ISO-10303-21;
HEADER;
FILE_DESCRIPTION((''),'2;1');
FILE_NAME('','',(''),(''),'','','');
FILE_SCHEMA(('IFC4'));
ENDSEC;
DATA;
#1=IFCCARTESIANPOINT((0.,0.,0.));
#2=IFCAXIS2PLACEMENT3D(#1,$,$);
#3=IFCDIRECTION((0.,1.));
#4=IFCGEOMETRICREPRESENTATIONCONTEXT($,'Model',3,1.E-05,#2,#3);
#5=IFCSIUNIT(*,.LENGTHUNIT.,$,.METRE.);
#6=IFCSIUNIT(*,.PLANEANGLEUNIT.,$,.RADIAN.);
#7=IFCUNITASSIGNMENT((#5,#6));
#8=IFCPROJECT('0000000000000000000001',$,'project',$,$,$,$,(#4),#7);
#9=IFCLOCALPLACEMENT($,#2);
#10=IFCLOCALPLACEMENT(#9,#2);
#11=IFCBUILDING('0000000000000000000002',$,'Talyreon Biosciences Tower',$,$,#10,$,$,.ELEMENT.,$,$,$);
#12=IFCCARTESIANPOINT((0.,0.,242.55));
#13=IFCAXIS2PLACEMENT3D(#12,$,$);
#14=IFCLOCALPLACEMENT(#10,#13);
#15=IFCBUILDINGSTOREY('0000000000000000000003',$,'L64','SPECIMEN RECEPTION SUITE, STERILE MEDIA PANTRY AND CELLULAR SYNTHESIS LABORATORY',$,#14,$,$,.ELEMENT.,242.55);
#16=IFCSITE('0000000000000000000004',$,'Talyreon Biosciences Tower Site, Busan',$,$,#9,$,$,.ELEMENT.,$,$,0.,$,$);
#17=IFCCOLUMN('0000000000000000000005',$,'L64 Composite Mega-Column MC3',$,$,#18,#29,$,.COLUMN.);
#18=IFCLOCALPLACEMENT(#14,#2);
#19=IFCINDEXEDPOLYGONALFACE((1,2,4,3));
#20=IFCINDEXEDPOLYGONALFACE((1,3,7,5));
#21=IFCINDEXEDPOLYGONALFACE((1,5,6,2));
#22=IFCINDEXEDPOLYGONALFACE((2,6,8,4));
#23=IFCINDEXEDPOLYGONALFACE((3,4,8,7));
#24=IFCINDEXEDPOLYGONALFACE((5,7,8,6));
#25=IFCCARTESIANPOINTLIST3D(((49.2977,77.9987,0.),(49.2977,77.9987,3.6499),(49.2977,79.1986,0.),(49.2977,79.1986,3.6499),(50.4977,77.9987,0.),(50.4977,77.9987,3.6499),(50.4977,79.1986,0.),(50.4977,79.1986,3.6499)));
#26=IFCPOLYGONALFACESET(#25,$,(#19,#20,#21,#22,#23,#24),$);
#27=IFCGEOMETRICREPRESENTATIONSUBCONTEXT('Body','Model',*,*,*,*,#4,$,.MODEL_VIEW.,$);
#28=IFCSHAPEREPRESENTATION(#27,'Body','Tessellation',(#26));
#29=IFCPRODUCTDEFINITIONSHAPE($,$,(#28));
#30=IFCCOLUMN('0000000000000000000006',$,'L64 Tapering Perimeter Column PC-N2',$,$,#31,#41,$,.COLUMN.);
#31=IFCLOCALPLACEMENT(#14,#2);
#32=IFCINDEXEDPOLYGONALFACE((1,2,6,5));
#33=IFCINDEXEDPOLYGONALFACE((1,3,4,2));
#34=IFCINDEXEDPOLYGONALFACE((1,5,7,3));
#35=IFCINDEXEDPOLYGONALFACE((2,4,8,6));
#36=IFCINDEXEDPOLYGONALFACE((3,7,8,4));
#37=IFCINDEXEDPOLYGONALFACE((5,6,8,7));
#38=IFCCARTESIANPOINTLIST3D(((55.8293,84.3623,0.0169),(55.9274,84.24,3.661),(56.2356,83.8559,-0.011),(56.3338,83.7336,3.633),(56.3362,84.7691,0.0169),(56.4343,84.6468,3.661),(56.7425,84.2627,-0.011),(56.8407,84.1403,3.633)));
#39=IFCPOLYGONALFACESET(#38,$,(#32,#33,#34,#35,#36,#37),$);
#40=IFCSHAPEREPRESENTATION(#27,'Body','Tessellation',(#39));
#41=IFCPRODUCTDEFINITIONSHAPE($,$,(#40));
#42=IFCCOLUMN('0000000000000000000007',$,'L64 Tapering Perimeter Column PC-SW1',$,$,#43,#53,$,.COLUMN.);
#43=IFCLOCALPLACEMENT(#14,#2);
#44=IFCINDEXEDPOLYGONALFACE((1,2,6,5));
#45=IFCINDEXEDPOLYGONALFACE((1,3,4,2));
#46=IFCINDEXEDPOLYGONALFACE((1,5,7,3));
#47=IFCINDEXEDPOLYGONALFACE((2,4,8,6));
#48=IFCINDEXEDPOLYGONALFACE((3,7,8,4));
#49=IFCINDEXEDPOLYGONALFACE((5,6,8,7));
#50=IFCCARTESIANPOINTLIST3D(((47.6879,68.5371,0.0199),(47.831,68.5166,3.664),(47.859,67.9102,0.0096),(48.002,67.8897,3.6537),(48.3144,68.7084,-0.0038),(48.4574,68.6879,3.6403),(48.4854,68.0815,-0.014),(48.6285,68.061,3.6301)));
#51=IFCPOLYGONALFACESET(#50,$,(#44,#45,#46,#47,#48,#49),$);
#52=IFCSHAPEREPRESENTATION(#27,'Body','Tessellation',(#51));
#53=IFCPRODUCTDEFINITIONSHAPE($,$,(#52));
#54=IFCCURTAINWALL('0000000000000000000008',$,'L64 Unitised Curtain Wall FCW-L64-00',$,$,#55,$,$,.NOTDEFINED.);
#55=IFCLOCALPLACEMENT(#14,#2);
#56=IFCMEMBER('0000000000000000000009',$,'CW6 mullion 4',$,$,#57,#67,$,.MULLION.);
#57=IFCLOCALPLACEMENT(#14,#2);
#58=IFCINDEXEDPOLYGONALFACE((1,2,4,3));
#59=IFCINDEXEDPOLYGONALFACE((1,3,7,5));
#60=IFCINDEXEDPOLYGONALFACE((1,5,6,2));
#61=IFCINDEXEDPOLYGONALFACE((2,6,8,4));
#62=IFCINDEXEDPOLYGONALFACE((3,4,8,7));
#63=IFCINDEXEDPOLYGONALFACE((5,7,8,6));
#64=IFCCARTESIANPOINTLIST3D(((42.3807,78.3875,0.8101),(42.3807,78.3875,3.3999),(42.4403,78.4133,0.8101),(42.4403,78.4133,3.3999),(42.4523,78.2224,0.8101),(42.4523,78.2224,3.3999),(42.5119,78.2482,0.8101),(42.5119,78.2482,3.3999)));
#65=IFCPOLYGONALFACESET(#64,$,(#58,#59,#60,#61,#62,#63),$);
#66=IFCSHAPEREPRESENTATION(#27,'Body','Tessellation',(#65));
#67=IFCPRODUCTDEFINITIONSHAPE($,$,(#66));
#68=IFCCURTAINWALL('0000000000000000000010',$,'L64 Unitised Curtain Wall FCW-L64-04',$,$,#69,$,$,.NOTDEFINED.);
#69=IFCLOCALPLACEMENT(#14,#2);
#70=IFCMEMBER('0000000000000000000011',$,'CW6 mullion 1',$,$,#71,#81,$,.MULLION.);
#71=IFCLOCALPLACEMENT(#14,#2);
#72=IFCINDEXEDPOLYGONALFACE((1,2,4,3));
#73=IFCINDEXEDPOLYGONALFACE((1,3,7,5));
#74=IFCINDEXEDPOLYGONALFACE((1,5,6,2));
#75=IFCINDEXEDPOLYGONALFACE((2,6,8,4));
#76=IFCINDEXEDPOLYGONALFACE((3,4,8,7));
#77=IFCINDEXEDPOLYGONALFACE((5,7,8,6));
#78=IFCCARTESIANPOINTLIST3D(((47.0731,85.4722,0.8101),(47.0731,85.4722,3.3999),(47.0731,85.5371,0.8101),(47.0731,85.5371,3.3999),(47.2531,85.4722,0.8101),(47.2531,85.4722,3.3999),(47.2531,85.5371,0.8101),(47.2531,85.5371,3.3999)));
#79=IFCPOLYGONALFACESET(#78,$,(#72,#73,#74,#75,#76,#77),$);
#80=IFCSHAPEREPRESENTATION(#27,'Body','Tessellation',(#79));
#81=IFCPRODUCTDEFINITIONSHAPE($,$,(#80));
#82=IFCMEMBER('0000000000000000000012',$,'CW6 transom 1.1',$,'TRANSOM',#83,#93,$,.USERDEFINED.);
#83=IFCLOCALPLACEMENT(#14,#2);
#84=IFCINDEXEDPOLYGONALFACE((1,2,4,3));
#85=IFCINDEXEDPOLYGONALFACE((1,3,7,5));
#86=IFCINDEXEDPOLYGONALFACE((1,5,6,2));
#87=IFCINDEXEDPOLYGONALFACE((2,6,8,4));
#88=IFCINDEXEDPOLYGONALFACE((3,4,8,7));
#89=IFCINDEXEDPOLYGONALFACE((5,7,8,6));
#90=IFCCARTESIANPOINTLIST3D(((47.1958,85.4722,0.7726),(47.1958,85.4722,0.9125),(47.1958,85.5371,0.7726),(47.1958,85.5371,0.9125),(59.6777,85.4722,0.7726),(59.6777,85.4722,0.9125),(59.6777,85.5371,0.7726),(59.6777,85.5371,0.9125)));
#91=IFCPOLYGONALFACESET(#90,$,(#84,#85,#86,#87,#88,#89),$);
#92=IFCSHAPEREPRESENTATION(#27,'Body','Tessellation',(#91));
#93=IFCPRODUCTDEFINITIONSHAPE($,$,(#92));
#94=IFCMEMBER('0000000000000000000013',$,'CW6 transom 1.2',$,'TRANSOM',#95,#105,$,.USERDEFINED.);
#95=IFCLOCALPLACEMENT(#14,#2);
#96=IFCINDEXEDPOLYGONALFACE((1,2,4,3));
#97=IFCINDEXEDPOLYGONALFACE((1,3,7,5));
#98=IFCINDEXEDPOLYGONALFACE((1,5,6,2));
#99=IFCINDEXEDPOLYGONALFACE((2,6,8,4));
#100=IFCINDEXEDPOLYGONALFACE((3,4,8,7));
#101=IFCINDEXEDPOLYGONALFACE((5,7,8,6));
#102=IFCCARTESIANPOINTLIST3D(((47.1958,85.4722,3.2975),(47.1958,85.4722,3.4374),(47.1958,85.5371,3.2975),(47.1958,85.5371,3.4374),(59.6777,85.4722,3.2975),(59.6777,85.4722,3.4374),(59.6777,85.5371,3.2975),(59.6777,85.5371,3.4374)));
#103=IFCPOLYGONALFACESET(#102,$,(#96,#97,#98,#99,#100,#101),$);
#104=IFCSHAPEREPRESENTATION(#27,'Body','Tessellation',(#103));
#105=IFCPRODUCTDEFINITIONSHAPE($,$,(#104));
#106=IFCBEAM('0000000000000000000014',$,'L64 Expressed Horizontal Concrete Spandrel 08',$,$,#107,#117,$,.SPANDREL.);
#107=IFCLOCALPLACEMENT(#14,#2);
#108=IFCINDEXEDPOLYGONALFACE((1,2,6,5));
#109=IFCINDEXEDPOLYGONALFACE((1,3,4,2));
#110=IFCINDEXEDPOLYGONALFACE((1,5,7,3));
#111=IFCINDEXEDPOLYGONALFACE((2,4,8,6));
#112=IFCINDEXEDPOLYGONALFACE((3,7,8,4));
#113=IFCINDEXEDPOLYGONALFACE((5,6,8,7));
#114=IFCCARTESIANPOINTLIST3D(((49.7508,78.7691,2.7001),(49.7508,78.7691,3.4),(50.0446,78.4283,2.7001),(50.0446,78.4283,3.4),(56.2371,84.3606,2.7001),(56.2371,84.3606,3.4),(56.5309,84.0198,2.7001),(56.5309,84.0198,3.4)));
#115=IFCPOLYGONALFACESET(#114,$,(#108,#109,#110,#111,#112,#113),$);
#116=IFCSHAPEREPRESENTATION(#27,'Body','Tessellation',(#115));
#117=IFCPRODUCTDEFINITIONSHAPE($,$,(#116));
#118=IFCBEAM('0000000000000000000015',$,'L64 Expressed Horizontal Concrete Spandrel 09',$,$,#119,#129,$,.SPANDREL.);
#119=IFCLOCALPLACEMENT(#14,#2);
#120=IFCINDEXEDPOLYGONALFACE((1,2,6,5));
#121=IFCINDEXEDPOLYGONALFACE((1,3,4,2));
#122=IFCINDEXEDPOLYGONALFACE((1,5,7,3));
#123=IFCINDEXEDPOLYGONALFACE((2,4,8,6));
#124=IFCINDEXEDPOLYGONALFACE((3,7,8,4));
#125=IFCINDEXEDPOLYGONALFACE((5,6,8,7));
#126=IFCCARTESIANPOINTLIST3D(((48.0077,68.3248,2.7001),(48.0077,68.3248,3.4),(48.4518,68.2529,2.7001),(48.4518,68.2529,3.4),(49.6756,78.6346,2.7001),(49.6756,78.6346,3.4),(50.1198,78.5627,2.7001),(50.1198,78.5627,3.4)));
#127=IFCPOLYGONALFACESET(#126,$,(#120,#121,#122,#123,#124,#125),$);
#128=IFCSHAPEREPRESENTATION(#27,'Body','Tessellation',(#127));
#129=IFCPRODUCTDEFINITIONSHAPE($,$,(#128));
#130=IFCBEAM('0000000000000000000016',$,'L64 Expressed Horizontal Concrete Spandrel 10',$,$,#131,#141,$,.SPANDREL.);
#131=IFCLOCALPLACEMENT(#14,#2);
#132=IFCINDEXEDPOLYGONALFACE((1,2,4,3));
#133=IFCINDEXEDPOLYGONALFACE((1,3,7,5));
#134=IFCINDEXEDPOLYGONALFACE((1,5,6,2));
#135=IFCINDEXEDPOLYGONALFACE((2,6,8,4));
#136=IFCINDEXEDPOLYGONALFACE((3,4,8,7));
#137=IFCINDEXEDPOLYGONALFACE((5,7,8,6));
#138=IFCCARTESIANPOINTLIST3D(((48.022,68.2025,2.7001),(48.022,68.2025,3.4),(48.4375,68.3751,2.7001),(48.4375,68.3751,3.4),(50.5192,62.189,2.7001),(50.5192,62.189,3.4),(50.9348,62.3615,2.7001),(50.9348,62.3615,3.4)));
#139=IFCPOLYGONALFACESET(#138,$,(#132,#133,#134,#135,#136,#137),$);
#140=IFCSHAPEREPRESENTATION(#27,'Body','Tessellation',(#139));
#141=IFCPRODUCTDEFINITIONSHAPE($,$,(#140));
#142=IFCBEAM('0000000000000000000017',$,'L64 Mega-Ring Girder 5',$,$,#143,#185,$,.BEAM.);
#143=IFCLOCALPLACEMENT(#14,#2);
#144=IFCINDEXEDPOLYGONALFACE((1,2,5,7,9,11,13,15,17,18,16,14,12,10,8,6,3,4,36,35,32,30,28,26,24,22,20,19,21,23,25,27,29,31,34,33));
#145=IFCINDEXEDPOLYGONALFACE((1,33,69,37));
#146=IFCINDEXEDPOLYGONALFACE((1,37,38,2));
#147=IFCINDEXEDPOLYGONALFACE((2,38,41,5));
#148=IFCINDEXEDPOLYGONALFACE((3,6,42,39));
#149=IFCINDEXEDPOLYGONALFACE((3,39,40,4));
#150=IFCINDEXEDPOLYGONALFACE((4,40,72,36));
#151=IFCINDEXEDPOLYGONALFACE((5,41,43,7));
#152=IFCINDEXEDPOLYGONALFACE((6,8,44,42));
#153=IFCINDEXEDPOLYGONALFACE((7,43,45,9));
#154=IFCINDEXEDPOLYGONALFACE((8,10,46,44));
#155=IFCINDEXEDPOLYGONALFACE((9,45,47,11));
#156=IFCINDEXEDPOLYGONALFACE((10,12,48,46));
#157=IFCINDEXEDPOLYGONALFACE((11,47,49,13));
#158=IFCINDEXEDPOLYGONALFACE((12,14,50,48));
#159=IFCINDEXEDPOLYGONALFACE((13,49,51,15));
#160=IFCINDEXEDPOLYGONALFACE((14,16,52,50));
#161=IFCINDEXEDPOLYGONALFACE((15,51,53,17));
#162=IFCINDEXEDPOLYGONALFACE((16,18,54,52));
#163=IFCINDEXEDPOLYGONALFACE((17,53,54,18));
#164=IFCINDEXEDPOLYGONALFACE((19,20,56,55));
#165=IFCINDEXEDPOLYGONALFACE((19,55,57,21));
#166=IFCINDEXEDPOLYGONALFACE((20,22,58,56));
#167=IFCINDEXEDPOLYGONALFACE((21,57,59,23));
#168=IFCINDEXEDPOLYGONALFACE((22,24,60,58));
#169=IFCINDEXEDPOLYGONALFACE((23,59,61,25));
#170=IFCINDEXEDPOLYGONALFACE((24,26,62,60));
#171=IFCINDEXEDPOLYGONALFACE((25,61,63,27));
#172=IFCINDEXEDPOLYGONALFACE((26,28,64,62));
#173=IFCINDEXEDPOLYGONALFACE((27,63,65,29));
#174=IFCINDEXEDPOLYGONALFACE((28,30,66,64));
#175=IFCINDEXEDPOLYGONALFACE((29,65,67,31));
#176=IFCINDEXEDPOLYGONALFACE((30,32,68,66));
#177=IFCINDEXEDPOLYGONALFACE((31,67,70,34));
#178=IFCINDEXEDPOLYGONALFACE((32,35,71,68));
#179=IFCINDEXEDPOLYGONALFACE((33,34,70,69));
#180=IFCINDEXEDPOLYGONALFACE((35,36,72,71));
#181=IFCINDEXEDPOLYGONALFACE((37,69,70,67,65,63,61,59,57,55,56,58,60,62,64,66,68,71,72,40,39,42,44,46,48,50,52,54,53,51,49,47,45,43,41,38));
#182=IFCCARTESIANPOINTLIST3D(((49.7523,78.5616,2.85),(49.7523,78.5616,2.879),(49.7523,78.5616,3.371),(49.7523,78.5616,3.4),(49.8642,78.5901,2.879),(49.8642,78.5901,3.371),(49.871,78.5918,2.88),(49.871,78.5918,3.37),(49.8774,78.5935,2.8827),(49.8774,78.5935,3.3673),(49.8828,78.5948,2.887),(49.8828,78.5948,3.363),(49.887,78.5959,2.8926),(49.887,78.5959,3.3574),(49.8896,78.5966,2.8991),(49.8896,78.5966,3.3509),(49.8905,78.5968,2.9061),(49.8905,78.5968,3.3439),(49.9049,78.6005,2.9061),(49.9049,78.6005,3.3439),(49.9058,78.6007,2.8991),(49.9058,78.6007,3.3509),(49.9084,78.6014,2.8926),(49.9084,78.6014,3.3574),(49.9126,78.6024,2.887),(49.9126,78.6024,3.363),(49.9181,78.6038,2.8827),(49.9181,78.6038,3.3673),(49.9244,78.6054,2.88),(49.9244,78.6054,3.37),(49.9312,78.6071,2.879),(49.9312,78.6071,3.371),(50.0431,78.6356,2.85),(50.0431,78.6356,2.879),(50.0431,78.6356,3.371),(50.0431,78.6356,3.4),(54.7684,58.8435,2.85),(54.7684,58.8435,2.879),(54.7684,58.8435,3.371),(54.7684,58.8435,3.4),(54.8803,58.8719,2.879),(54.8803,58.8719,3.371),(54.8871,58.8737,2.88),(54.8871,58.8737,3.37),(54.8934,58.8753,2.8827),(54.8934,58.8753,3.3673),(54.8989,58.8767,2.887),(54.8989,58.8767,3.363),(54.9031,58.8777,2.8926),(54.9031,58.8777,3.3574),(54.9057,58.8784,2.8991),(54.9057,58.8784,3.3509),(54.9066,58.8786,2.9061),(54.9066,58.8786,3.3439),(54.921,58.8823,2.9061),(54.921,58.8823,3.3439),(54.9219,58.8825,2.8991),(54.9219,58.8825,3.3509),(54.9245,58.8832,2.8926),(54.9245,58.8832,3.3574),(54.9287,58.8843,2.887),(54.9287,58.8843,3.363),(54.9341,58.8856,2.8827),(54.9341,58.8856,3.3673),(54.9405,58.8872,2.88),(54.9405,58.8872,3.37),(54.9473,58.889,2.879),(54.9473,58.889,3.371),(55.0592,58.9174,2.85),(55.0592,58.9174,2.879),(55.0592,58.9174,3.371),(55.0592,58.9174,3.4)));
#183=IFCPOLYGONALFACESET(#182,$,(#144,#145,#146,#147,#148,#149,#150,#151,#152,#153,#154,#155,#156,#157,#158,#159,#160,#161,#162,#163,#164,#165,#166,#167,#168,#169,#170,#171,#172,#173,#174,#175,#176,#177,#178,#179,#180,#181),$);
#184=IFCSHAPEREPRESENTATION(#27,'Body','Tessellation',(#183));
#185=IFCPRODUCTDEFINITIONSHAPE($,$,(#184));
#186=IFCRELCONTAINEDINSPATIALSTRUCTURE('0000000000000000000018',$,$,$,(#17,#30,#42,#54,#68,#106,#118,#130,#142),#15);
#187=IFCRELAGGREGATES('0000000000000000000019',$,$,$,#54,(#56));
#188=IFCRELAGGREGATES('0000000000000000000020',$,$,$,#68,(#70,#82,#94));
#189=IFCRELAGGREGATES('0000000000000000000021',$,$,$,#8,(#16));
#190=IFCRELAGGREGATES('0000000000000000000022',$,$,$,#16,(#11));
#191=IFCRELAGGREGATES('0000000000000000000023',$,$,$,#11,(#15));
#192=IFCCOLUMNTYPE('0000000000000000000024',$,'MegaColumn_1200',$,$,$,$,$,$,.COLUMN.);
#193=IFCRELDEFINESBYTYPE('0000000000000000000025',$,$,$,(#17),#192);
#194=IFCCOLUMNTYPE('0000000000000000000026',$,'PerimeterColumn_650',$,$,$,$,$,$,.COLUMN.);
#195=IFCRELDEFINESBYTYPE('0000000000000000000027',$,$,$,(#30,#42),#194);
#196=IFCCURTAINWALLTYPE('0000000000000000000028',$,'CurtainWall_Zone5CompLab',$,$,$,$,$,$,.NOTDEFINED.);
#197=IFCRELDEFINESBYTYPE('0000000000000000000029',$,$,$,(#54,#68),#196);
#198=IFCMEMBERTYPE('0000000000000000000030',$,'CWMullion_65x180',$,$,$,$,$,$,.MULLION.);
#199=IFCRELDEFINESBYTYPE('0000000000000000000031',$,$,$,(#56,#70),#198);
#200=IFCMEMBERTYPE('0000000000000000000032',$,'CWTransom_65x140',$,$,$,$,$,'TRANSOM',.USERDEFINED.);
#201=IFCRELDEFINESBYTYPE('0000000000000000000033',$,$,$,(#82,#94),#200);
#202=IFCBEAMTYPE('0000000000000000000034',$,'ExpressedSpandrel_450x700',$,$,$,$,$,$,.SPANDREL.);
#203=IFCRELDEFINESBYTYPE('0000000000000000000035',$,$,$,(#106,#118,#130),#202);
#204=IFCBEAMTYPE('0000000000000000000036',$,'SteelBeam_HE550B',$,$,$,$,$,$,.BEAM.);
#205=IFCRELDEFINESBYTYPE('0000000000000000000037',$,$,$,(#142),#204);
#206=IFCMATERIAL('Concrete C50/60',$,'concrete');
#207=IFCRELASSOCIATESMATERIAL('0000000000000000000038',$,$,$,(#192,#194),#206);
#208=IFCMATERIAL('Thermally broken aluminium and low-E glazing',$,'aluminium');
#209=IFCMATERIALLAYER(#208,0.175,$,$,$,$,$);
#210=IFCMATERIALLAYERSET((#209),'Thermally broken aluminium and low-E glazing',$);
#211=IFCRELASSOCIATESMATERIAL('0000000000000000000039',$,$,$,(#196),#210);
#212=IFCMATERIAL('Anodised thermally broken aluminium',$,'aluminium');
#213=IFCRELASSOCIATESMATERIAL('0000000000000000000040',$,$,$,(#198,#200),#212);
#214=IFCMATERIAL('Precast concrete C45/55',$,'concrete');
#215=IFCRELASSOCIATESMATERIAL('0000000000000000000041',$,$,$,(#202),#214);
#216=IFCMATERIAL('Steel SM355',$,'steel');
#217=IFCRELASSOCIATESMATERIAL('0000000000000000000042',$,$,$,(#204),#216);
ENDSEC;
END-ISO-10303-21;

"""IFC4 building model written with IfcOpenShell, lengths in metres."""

from ifc_helpers import new_model, si_unit, direction, frame, origin, origin_2d, place, context, subcontext, project, spatial, rectangle, i_section, extrude, material, layer, layer_set, material_profile, profile_set, type_object, element, aggregate, save


model = new_model("IFC4")

# Units and contexts
model_context = context("Model", 3, precision=1e-05, world=origin(), true_north=direction((0.0, 1.0)))
body_context = subcontext(model_context, "Body", "Model", "MODEL_VIEW")
ifc_project = project(units=[si_unit("LENGTHUNIT", "METRE"), si_unit("PLANEANGLEUNIT", "RADIAN")], contexts=[model_context])

# Site, building, storey
site_placement = place(None, origin())
site = spatial("IfcSite", under=ifc_project, at=site_placement, Name="Talyreon Biosciences Tower Site, Busan", CompositionType="ELEMENT", RefElevation=0.0)
building_placement = place(site_placement, origin())
building = spatial("IfcBuilding", under=site, at=building_placement, Name="Talyreon Biosciences Tower", CompositionType="ELEMENT")
storey_placement = place(building_placement, frame((0.0, 0.0, 242.55)))
storey = spatial("IfcBuildingStorey", under=building, at=storey_placement, Name="L64", Description="SPECIMEN RECEPTION SUITE, STERILE MEDIA PANTRY AND CELLULAR SYNTHESIS LABORATORY", CompositionType="ELEMENT", Elevation=242.55)

# Columns
ifc_material_1 = material(Name="Concrete C50/60", Category="concrete")
ifc_material_profile_1 = material_profile(ifc_material_1, rectangle(XDim=1.2, YDim=1.2, at=origin_2d()), Name="RC 1200x1200")
ifc_profile_set_1 = profile_set([ifc_material_profile_1], Name="Concrete C50/60")
column_type_1 = type_object("IfcColumnType", Name="MegaColumn_1200", PredefinedType="COLUMN", material=ifc_profile_set_1)
column_1_placement = place(storey_placement, frame((49.8977, 78.5986, 0.0), z_axis=(0.0, 0.0, 1.0), x_axis=(1.0, 0.0, 0.0)))
element("IfcColumn", 1, at=column_1_placement, inside=storey, type_object=column_type_1, Name="L64 Composite Mega-Column MC3", PredefinedType="COLUMN", context=body_context, shape_type="SweptSolid", body=[
    extrude(rectangle(XDim=1.2, YDim=1.2, at=origin_2d()), origin(), (0.0, 0.0, 1.0), 3.6499),
])
ifc_material_profile_2 = material_profile(ifc_material_1, rectangle(XDim=0.6499, YDim=0.6499, at=origin_2d()), Name="RC 650x650")
ifc_profile_set_2 = profile_set([ifc_material_profile_2], Name="Concrete C50/60")
column_type_2 = type_object("IfcColumnType", Name="PerimeterColumn_650", PredefinedType="COLUMN", material=ifc_profile_set_2)
column_2_placement = place(storey_placement, frame((56.2859, 84.3125, 0.0029), z_axis=(0.026908, -0.033535, 0.999075), x_axis=(-0.779957, -0.625834, 0.0)))
element("IfcColumn", 2, at=column_2_placement, inside=storey, type_object=column_type_2, Name="L64 Tapering Perimeter Column PC-N2", PredefinedType="COLUMN", context=body_context, shape_type="SweptSolid", body=[
    extrude(rectangle(XDim=0.6499, YDim=0.6499, at=origin_2d()), origin(), (0.0, 0.0, 1.0), 3.6475),
])
column_3_placement = place(storey_placement, frame((48.0867, 68.3093, 0.0029), z_axis=(0.03923, -0.005623, 0.999214), x_axis=(0.963938, 0.263631, -0.036361)))
element("IfcColumn", 3, at=column_3_placement, inside=storey, type_object=column_type_2, Name="L64 Tapering Perimeter Column PC-SW1", PredefinedType="COLUMN", context=body_context, shape_type="SweptSolid", body=[
    extrude(rectangle(XDim=0.6499, YDim=0.6499, at=origin_2d()), origin(), (0.0, 0.0, 1.0), 3.647),
])

# Curtain wall, member
ifc_material_2 = material(Name="Thermally broken aluminium and low-E glazing", Category="aluminium")
ifc_layer_1 = layer(ifc_material_2, 0.175)
ifc_layer_set_1 = layer_set([ifc_layer_1], Name="Thermally broken aluminium and low-E glazing")
curtain_wall_type = type_object("IfcCurtainWallType", Name="CurtainWall_Zone5CompLab", PredefinedType="NOTDEFINED", material=ifc_layer_set_1)
curtain_wall_1_placement = place(storey_placement, origin())
curtain_wall_1 = element("IfcCurtainWall", 4, at=curtain_wall_1_placement, inside=storey, type_object=curtain_wall_type, Name="L64 Unitised Curtain Wall FCW-L64-00", PredefinedType="NOTDEFINED")
ifc_material_3 = material(Name="Anodised thermally broken aluminium", Category="aluminium")
ifc_material_profile_3 = material_profile(ifc_material_3, rectangle(XDim=0.0649, YDim=0.1799, at=origin_2d()), Name="ALUM MULLION 65x180")
ifc_profile_set_3 = profile_set([ifc_material_profile_3], Name="Anodised thermally broken aluminium")
member_type_1 = type_object("IfcMemberType", Name="CWMullion_65x180", PredefinedType="MULLION", material=ifc_profile_set_3)
member_1_placement = place(storey_placement, frame((42.4463, 78.3179, 0.8101), z_axis=(0.0, 0.0, 1.0), x_axis=(-0.917458, -0.397832, 0.0)))
member_1 = element("IfcMember", 5, at=member_1_placement, type_object=member_type_1, Name="CW6 mullion 4", PredefinedType="MULLION", context=body_context, shape_type="SweptSolid", body=[
    extrude(rectangle(XDim=0.0649, YDim=0.1799, at=origin_2d()), origin(), (0.0, 0.0, 1.0), 2.5898),
])

# Curtain wall, members
curtain_wall_2_placement = place(storey_placement, origin())
curtain_wall_2 = element("IfcCurtainWall", 6, at=curtain_wall_2_placement, inside=storey, type_object=curtain_wall_type, Name="L64 Unitised Curtain Wall FCW-L64-04", PredefinedType="NOTDEFINED")
member_2_placement = place(storey_placement, frame((47.1631, 85.5046, 0.8101), z_axis=(0.0, 0.0, 1.0), x_axis=(0.0, 1.0, 0.0)))
member_2 = element("IfcMember", 7, at=member_2_placement, type_object=member_type_1, Name="CW6 mullion 1", PredefinedType="MULLION", context=body_context, shape_type="SweptSolid", body=[
    extrude(rectangle(XDim=0.0649, YDim=0.1799, at=origin_2d()), origin(), (0.0, 0.0, 1.0), 2.5898),
])
ifc_material_profile_4 = material_profile(ifc_material_3, rectangle(XDim=0.0649, YDim=0.1399, at=origin_2d()), Name="ALUM TRANSOM 65x140")
ifc_profile_set_4 = profile_set([ifc_material_profile_4], Name="Anodised thermally broken aluminium")
member_type_2 = type_object("IfcMemberType", Name="CWTransom_65x140", ElementType="TRANSOM", PredefinedType="USERDEFINED", material=ifc_profile_set_4)
member_3_placement = place(storey_placement, frame((47.1958, 85.5046, 0.8425), z_axis=(1.0, 0.0, 0.0), x_axis=(0.0, 1.0, 0.0)))
member_3 = element("IfcMember", 8, at=member_3_placement, type_object=member_type_2, Name="CW6 transom 1.1", ObjectType="TRANSOM", PredefinedType="USERDEFINED", context=body_context, shape_type="SweptSolid", body=[
    extrude(rectangle(XDim=0.0649, YDim=0.1399, at=origin_2d()), origin(), (0.0, 0.0, 1.0), 12.4819),
])
member_4_placement = place(storey_placement, frame((47.1958, 85.5046, 3.3674), z_axis=(1.0, 0.0, 0.0), x_axis=(0.0, 1.0, 0.0)))
member_4 = element("IfcMember", 9, at=member_4_placement, type_object=member_type_2, Name="CW6 transom 1.2", ObjectType="TRANSOM", PredefinedType="USERDEFINED", context=body_context, shape_type="SweptSolid", body=[
    extrude(rectangle(XDim=0.0649, YDim=0.1399, at=origin_2d()), origin(), (0.0, 0.0, 1.0), 12.4819),
])

# Beams
ifc_material_4 = material(Name="Precast concrete C45/55", Category="concrete")
ifc_material_profile_5 = material_profile(ifc_material_4, rectangle(XDim=0.45, YDim=0.7, at=origin_2d()), Name="RCB 450x700")
ifc_profile_set_5 = profile_set([ifc_material_profile_5], Name="Precast concrete C45/55")
beam_type_1 = type_object("IfcBeamType", Name="ExpressedSpandrel_450x700", PredefinedType="SPANDREL", material=ifc_profile_set_5)
beam_1_placement = place(storey_placement, frame((56.384, 84.1902, 3.05), z_axis=(-0.757416, -0.652932, 0.0), x_axis=(0.652932, -0.757416, 0.0)))
element("IfcBeam", 10, at=beam_1_placement, inside=storey, type_object=beam_type_1, Name="L64 Expressed Horizontal Concrete Spandrel 08", PredefinedType="SPANDREL", context=body_context, shape_type="SweptSolid", body=[
    extrude(rectangle(XDim=0.45, YDim=0.7, at=origin_2d()), origin(), (0.0, 0.0, 1.0), 8.5637),
])
beam_2_placement = place(storey_placement, frame((49.8977, 78.5986, 3.05), z_axis=(-0.159708, -0.987164, 0.0), x_axis=(0.987164, -0.159708, 0.0)))
element("IfcBeam", 11, at=beam_2_placement, inside=storey, type_object=beam_type_1, Name="L64 Expressed Horizontal Concrete Spandrel 09", PredefinedType="SPANDREL", context=body_context, shape_type="SweptSolid", body=[
    extrude(rectangle(XDim=0.45, YDim=0.7, at=origin_2d()), origin(), (0.0, 0.0, 1.0), 10.4438),
])
beam_3_placement = place(storey_placement, frame((48.2297, 68.2888, 3.05), z_axis=(0.383518, -0.923533, 0.0), x_axis=(0.923533, 0.383518, 0.0)))
element("IfcBeam", 12, at=beam_3_placement, inside=storey, type_object=beam_type_1, Name="L64 Expressed Horizontal Concrete Spandrel 10", PredefinedType="SPANDREL", context=body_context, shape_type="SweptSolid", body=[
    extrude(rectangle(XDim=0.45, YDim=0.7, at=origin_2d()), origin(), (0.0, 0.0, 1.0), 6.5115),
])
ifc_material_5 = material(Name="Steel SM355", Category="steel")
ifc_material_profile_6 = material_profile(ifc_material_5, i_section(OverallWidth=0.3, OverallDepth=0.55, WebThickness=0.0149, FlangeThickness=0.0291, FilletRadius=0.0271, at=origin_2d()), Name="HE550B")
ifc_profile_set_6 = profile_set([ifc_material_profile_6], Name="Steel SM355")
beam_type_2 = type_object("IfcBeamType", Name="SteelBeam_HE550B", PredefinedType="BEAM", material=ifc_profile_set_6)
beam_4_placement = place(storey_placement, frame((49.8977, 78.5986, 3.125), z_axis=(0.246537, -0.969133, 0.0), x_axis=(0.969133, 0.246537, 0.0)))
element("IfcBeam", 13, at=beam_4_placement, inside=storey, type_object=beam_type_2, Name="L64 Mega-Ring Girder 5", PredefinedType="BEAM", context=body_context, shape_type="SweptSolid", body=[
    extrude(i_section(OverallWidth=0.3, OverallDepth=0.55, WebThickness=0.0149, FlangeThickness=0.0291, FilletRadius=0.0271, at=origin_2d()), origin(), (0.0, 0.0, 1.0), 20.3462),
])

aggregate(curtain_wall_1, [member_1])
aggregate(curtain_wall_2, [member_2, member_3, member_4])

save(model, "model.ifc")
